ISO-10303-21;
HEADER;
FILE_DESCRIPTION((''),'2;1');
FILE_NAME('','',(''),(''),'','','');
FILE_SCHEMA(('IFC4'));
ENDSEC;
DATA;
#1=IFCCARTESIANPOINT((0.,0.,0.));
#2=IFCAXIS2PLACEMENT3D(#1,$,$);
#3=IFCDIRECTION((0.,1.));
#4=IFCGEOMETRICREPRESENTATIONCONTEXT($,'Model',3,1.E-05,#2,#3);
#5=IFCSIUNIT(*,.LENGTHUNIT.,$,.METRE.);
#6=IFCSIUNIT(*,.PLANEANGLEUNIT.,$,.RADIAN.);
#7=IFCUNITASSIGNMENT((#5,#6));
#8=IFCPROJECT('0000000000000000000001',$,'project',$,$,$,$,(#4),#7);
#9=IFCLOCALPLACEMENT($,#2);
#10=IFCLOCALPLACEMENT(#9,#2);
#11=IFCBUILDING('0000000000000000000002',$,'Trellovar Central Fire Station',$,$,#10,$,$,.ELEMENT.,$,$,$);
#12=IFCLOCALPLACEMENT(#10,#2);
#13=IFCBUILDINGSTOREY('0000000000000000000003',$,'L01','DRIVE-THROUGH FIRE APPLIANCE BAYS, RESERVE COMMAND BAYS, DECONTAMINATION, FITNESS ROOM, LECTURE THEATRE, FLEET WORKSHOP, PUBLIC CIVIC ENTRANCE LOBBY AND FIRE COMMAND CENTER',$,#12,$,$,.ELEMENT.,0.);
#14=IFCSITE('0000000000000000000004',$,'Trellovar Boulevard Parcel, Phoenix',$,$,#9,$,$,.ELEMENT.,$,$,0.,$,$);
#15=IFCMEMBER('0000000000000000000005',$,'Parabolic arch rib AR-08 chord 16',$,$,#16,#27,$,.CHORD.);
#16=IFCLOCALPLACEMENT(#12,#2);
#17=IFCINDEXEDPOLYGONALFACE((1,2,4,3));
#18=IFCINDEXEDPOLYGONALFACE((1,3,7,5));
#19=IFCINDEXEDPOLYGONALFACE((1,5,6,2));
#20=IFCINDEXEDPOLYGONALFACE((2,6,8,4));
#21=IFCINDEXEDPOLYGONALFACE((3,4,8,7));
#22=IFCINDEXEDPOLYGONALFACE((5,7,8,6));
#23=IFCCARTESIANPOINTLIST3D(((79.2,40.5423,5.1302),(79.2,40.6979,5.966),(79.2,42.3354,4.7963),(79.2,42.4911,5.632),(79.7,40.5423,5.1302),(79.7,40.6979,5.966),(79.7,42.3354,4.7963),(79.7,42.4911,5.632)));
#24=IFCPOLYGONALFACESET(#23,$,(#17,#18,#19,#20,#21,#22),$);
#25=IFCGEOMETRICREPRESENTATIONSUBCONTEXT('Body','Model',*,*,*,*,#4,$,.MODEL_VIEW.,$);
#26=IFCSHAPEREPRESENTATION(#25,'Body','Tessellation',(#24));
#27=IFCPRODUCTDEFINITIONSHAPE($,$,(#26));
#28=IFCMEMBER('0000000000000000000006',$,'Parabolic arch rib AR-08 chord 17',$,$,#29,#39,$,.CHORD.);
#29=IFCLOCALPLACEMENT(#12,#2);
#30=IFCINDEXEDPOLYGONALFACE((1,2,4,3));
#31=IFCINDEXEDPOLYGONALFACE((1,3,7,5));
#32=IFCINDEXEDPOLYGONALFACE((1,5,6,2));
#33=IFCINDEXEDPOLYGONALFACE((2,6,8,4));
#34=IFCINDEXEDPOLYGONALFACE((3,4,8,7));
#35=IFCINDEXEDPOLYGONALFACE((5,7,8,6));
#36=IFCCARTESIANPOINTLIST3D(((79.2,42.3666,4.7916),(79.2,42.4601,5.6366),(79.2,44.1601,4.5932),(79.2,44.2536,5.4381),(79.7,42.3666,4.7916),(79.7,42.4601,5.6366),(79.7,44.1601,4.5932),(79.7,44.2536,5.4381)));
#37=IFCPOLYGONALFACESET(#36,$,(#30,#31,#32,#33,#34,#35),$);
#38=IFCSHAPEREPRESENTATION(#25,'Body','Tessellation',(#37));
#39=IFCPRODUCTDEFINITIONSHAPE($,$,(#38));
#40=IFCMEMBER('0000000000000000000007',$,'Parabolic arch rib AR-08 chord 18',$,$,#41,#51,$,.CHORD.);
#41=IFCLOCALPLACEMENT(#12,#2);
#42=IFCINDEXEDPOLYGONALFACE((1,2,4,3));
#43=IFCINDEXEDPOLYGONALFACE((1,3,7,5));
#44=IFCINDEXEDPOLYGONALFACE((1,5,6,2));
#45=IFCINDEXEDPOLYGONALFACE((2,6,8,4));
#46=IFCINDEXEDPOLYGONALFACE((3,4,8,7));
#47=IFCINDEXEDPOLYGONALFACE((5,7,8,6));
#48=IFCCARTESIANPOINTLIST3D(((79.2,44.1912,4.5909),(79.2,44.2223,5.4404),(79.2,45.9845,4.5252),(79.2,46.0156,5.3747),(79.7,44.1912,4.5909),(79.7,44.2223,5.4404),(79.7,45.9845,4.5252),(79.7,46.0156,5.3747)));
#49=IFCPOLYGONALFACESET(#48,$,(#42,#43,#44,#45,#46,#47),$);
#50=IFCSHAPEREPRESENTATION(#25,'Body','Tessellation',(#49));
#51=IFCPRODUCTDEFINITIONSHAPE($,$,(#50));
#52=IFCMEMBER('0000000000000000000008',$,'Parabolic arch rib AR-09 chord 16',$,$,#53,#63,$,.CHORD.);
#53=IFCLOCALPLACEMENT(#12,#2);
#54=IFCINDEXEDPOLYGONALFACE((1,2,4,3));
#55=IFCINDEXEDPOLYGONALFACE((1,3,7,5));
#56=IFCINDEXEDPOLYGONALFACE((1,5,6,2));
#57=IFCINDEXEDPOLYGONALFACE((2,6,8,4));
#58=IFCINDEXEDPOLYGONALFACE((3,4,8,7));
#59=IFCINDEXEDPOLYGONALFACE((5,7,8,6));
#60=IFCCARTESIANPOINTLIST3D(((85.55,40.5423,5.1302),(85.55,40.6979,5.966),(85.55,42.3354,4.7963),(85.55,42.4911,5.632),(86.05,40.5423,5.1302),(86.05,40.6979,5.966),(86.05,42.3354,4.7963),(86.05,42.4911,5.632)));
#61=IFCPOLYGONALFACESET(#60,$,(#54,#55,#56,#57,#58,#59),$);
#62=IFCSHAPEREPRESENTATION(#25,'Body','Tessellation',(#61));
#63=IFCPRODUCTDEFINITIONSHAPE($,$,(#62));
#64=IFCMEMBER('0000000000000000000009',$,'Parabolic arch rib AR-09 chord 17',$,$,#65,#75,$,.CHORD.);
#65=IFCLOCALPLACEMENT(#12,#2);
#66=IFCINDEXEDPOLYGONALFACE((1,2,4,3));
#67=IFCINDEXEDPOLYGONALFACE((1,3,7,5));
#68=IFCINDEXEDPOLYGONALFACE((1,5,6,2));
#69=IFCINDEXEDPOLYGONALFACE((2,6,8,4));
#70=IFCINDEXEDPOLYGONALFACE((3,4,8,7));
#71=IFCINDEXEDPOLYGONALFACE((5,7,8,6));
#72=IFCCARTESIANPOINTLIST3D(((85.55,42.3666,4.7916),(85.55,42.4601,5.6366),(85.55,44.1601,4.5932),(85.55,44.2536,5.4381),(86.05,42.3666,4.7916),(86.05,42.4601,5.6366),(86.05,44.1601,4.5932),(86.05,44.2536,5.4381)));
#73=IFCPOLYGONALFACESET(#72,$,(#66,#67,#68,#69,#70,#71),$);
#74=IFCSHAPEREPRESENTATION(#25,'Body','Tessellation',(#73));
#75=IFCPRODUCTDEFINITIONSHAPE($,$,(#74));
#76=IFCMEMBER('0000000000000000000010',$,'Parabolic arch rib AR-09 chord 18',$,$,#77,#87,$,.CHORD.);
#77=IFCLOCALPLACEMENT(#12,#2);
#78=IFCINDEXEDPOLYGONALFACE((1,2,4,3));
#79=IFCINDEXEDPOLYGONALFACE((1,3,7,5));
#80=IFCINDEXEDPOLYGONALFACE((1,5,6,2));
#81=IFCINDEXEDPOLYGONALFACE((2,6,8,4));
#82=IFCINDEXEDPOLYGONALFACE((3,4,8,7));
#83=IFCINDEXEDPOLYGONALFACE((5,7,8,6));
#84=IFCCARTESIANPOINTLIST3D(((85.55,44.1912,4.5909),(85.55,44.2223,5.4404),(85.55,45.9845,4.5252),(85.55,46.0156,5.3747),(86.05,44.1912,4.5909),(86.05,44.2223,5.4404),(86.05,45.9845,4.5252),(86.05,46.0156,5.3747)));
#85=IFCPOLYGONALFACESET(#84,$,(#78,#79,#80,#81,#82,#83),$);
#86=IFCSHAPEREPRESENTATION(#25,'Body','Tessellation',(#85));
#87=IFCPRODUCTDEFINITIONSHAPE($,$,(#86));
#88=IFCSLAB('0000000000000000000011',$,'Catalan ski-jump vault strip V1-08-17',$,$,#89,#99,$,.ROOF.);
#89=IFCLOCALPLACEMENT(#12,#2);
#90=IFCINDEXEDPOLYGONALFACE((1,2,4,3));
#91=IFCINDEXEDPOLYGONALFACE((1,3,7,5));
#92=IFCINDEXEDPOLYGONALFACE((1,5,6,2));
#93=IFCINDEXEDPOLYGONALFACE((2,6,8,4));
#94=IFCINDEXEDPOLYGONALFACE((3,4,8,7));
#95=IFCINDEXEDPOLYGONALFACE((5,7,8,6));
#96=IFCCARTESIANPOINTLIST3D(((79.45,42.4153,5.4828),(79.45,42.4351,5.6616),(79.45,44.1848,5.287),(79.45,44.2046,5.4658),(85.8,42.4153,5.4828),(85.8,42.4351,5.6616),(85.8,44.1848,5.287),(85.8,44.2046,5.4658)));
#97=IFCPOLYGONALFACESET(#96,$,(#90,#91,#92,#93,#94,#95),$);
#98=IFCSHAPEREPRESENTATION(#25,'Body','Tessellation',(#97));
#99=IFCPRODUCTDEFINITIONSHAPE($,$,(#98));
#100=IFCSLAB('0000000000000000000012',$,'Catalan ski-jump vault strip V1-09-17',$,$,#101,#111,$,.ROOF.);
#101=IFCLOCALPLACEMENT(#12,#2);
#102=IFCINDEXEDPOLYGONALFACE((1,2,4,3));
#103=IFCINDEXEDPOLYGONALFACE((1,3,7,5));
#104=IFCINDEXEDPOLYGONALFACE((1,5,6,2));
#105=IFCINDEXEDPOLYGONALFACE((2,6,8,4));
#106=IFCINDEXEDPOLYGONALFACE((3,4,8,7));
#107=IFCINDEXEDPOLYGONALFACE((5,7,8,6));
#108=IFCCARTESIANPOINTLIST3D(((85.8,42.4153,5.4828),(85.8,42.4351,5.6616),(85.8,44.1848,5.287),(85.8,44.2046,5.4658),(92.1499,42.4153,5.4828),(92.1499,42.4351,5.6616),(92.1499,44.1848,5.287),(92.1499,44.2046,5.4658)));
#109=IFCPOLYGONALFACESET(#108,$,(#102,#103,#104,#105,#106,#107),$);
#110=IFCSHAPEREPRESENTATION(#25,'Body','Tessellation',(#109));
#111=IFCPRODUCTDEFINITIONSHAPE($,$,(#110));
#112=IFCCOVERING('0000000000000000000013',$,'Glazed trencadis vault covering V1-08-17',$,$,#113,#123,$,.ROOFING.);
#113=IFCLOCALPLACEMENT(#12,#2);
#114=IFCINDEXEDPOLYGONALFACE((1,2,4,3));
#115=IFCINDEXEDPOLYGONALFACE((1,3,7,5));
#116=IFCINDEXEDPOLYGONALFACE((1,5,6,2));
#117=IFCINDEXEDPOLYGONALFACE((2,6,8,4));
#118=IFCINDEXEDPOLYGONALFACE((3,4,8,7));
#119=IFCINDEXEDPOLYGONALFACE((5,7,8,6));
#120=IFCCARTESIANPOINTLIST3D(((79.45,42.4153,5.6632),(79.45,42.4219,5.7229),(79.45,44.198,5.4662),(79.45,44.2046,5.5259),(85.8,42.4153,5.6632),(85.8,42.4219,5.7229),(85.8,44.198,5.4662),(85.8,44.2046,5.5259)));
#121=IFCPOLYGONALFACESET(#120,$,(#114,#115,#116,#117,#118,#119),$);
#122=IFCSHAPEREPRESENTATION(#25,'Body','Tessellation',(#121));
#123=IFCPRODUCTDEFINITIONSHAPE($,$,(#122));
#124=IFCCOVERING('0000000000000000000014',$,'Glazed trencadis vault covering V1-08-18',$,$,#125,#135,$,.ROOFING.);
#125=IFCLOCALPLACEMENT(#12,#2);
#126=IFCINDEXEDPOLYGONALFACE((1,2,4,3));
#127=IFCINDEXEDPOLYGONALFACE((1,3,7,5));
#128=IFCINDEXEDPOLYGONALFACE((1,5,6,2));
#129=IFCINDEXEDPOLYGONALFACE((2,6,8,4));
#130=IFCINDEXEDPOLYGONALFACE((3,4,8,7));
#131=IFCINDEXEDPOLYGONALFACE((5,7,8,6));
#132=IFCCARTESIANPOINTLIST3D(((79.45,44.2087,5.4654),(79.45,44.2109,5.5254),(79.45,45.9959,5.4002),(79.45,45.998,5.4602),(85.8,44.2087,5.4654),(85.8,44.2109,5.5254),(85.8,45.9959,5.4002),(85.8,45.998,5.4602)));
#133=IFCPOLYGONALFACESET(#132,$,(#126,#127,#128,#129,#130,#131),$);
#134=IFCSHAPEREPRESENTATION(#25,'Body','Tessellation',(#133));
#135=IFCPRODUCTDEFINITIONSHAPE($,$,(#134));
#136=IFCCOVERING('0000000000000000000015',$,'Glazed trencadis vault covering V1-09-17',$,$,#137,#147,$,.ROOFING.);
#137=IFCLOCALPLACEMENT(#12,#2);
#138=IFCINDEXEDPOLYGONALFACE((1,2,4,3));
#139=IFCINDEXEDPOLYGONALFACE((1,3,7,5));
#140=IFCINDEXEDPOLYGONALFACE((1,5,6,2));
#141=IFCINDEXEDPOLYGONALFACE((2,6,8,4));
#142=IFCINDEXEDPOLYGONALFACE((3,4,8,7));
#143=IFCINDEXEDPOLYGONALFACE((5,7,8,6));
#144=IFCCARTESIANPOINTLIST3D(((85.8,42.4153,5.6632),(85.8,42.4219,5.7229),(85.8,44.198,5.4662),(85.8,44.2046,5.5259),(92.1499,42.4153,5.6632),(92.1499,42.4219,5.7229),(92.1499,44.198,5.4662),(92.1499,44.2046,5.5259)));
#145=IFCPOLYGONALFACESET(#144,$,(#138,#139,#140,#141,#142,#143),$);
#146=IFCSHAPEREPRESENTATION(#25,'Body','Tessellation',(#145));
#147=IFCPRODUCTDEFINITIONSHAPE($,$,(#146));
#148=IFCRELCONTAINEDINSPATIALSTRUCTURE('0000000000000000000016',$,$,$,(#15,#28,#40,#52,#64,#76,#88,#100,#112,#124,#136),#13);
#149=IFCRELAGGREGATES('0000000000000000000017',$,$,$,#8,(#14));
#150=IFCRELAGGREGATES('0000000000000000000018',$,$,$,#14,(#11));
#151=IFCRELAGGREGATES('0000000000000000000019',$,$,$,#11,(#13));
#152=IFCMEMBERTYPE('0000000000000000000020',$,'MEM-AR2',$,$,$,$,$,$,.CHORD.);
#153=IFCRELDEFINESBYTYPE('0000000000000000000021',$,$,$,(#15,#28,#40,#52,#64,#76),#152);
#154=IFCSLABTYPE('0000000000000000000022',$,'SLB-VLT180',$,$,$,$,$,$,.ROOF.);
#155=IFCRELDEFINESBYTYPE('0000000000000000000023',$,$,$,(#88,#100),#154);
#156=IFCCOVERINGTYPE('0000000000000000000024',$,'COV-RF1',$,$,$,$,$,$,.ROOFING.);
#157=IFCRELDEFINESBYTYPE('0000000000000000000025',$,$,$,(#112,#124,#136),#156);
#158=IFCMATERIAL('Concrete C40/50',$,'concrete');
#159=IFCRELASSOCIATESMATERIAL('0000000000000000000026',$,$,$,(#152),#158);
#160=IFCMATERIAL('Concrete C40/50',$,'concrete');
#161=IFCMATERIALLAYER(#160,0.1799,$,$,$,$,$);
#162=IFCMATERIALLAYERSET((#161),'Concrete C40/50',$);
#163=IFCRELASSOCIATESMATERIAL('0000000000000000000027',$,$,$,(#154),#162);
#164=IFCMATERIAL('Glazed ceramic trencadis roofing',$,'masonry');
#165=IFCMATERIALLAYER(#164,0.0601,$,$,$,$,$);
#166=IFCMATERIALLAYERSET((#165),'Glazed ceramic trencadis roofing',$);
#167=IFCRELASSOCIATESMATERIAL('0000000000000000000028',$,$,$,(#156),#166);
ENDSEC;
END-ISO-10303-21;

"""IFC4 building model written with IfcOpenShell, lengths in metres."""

from ifc_helpers import new_model, si_unit, direction, frame, origin, origin_2d, place, context, subcontext, project, spatial, polyline, rectangle, outline, extrude, material, layer, layer_set, material_profile, profile_set, type_object, element, save


model = new_model("IFC4")

# Units and contexts
model_context = context("Model", 3, precision=1e-05, world=origin(), true_north=direction((0.0, 1.0)))
body_context = subcontext(model_context, "Body", "Model", "MODEL_VIEW")
ifc_project = project(units=[si_unit("LENGTHUNIT", "METRE"), si_unit("PLANEANGLEUNIT", "RADIAN")], contexts=[model_context])

# Site, building, storey
site_placement = place(None, origin())
site = spatial("IfcSite", under=ifc_project, at=site_placement, Name="Trellovar Boulevard Parcel, Phoenix", CompositionType="ELEMENT", RefElevation=0.0)
building_placement = place(site_placement, origin())
building = spatial("IfcBuilding", under=site, at=building_placement, Name="Trellovar Central Fire Station", CompositionType="ELEMENT")
storey_placement = place(building_placement, origin())
storey = spatial("IfcBuildingStorey", under=building, at=storey_placement, Name="L01", Description="DRIVE-THROUGH FIRE APPLIANCE BAYS, RESERVE COMMAND BAYS, DECONTAMINATION, FITNESS ROOM, LECTURE THEATRE, FLEET WORKSHOP, PUBLIC CIVIC ENTRANCE LOBBY AND FIRE COMMAND CENTER", CompositionType="ELEMENT", Elevation=0.0)

# Members
ifc_material_1 = material(Name="Concrete C40/50", Category="concrete")
ifc_material_profile_1 = material_profile(ifc_material_1, rectangle(XDim=0.5, YDim=0.8501, at=origin_2d()), Name="RC500X850")
ifc_profile_set_1 = profile_set([ifc_material_profile_1], Name="Concrete C40/50")
member_type = type_object("IfcMemberType", Name="MEM-AR2", PredefinedType="CHORD", material=ifc_profile_set_1)
member_1_placement = place(storey_placement, frame((79.45, 40.6201, 5.5481), z_axis=(0.0, 0.983094, -0.1831), x_axis=(-1.0, 0.0, 0.0)))
element("IfcMember", 1, at=member_1_placement, inside=storey, type_object=member_type, Name="Parabolic arch rib AR-08 chord 16", PredefinedType="CHORD", context=body_context, shape_type="SweptSolid", body=[
    extrude(rectangle(XDim=0.5, YDim=0.8501, at=origin_2d()), origin(), (0.0, 0.0, 1.0), 1.824),
])
member_2_placement = place(storey_placement, frame((79.45, 42.4133, 5.2141), z_axis=(0.0, 0.993931, -0.110001), x_axis=(-1.0, 0.0, 0.0)))
element("IfcMember", 2, at=member_2_placement, inside=storey, type_object=member_type, Name="Parabolic arch rib AR-08 chord 17", PredefinedType="CHORD", context=body_context, shape_type="SweptSolid", body=[
    extrude(rectangle(XDim=0.5, YDim=0.8501, at=origin_2d()), origin(), (0.0, 0.0, 1.0), 1.8044),
])
member_3_placement = place(storey_placement, frame((79.45, 44.2068, 5.0156), z_axis=(0.0, 0.99933, -0.036599), x_axis=(-1.0, 0.0, 0.0)))
element("IfcMember", 3, at=member_3_placement, inside=storey, type_object=member_type, Name="Parabolic arch rib AR-08 chord 18", PredefinedType="CHORD", context=body_context, shape_type="SweptSolid", body=[
    extrude(rectangle(XDim=0.5, YDim=0.8501, at=origin_2d()), origin(), (0.0, 0.0, 1.0), 1.7944),
])
member_4_placement = place(storey_placement, frame((85.8, 40.6201, 5.5481), z_axis=(0.0, 0.983094, -0.1831), x_axis=(-1.0, 0.0, 0.0)))
element("IfcMember", 4, at=member_4_placement, inside=storey, type_object=member_type, Name="Parabolic arch rib AR-09 chord 16", PredefinedType="CHORD", context=body_context, shape_type="SweptSolid", body=[
    extrude(rectangle(XDim=0.5, YDim=0.8501, at=origin_2d()), origin(), (0.0, 0.0, 1.0), 1.824),
])
member_5_placement = place(storey_placement, frame((85.8, 42.4133, 5.2141), z_axis=(0.0, 0.993931, -0.110001), x_axis=(-1.0, 0.0, 0.0)))
element("IfcMember", 5, at=member_5_placement, inside=storey, type_object=member_type, Name="Parabolic arch rib AR-09 chord 17", PredefinedType="CHORD", context=body_context, shape_type="SweptSolid", body=[
    extrude(rectangle(XDim=0.5, YDim=0.8501, at=origin_2d()), origin(), (0.0, 0.0, 1.0), 1.8044),
])
member_6_placement = place(storey_placement, frame((85.8, 44.2068, 5.0156), z_axis=(0.0, 0.99933, -0.036599), x_axis=(-1.0, 0.0, 0.0)))
element("IfcMember", 6, at=member_6_placement, inside=storey, type_object=member_type, Name="Parabolic arch rib AR-09 chord 18", PredefinedType="CHORD", context=body_context, shape_type="SweptSolid", body=[
    extrude(rectangle(XDim=0.5, YDim=0.8501, at=origin_2d()), origin(), (0.0, 0.0, 1.0), 1.7944),
])

# Slabs
ifc_material_2 = material(Name="Concrete C40/50", Category="concrete")
ifc_layer_1 = layer(ifc_material_2, 0.1799)
ifc_layer_set_1 = layer_set([ifc_layer_1], Name="Concrete C40/50")
slab_type = type_object("IfcSlabType", Name="SLB-VLT180", PredefinedType="ROOF", material=ifc_layer_set_1)
slab_1_placement = place(storey_placement, frame((79.45, 42.4351, 5.6616), z_axis=(0.0, 0.10998, 0.993934), x_axis=(1.0, 0.0, 0.0)))
element("IfcSlab", 7, at=slab_1_placement, inside=storey, type_object=slab_type, Name="Catalan ski-jump vault strip V1-08-17", PredefinedType="ROOF", context=body_context, shape_type="SweptSolid", body=[
    extrude(outline(polyline([(0.0, 0.0), (6.3501, 0.0), (6.3501, 1.7803), (0.0, 1.7803), (0.0, 0.0)])), origin(), (0.0, 0.0, -1.0), 0.1799),
])
slab_2_placement = place(storey_placement, frame((85.8, 42.4351, 5.6616), z_axis=(0.0, 0.10998, 0.993934), x_axis=(1.0, 0.0, 0.0)))
element("IfcSlab", 8, at=slab_2_placement, inside=storey, type_object=slab_type, Name="Catalan ski-jump vault strip V1-09-17", PredefinedType="ROOF", context=body_context, shape_type="SweptSolid", body=[
    extrude(outline(polyline([(0.0, 0.0), (6.3499, 0.0), (6.3499, 1.7803), (0.0, 1.7803), (0.0, 0.0)])), origin(), (0.0, 0.0, -1.0), 0.1799),
])

# Coverings
ifc_material_3 = material(Name="Glazed ceramic trencadis roofing", Category="masonry")
ifc_layer_2 = layer(ifc_material_3, 0.0601)
ifc_layer_set_2 = layer_set([ifc_layer_2], Name="Glazed ceramic trencadis roofing")
covering_type = type_object("IfcCoveringType", Name="COV-RF1", PredefinedType="ROOFING", material=ifc_layer_set_2)
covering_1_placement = place(storey_placement, frame((79.45, 42.4219, 5.7229), z_axis=(0.0, 0.109849, 0.993948), x_axis=(1.0, 0.0, 0.0)))
element("IfcCovering", 9, at=covering_1_placement, inside=storey, type_object=covering_type, Name="Glazed trencadis vault covering V1-08-17", PredefinedType="ROOFING", context=body_context, shape_type="SweptSolid", body=[
    extrude(outline(polyline([(0.0, 0.0), (6.3501, 0.0), (6.3501, 1.7936), (0.0, 1.7936), (0.0, 0.0)])), origin(), (0.0, 0.0, -1.0), 0.0601),
])
covering_2_placement = place(storey_placement, frame((79.45, 44.2109, 5.5254), z_axis=(0.0, 0.036451, 0.999335), x_axis=(1.0, 0.0, 0.0)))
element("IfcCovering", 10, at=covering_2_placement, inside=storey, type_object=covering_type, Name="Glazed trencadis vault covering V1-08-18", PredefinedType="ROOFING", context=body_context, shape_type="SweptSolid", body=[
    extrude(outline(polyline([(0.0, 0.0), (6.3501, 0.0), (6.3501, 1.7883), (0.0, 1.7883), (0.0, 0.0)])), origin(), (0.0, 0.0, -1.0), 0.0601),
])
covering_3_placement = place(storey_placement, frame((85.8, 42.4219, 5.7229), z_axis=(0.0, 0.109849, 0.993948), x_axis=(1.0, 0.0, 0.0)))
element("IfcCovering", 11, at=covering_3_placement, inside=storey, type_object=covering_type, Name="Glazed trencadis vault covering V1-09-17", PredefinedType="ROOFING", context=body_context, shape_type="SweptSolid", body=[
    extrude(outline(polyline([(0.0, 0.0), (6.3499, 0.0), (6.3499, 1.7936), (0.0, 1.7936), (0.0, 0.0)])), origin(), (0.0, 0.0, -1.0), 0.0601),
])

save(model, "model.ifc")
